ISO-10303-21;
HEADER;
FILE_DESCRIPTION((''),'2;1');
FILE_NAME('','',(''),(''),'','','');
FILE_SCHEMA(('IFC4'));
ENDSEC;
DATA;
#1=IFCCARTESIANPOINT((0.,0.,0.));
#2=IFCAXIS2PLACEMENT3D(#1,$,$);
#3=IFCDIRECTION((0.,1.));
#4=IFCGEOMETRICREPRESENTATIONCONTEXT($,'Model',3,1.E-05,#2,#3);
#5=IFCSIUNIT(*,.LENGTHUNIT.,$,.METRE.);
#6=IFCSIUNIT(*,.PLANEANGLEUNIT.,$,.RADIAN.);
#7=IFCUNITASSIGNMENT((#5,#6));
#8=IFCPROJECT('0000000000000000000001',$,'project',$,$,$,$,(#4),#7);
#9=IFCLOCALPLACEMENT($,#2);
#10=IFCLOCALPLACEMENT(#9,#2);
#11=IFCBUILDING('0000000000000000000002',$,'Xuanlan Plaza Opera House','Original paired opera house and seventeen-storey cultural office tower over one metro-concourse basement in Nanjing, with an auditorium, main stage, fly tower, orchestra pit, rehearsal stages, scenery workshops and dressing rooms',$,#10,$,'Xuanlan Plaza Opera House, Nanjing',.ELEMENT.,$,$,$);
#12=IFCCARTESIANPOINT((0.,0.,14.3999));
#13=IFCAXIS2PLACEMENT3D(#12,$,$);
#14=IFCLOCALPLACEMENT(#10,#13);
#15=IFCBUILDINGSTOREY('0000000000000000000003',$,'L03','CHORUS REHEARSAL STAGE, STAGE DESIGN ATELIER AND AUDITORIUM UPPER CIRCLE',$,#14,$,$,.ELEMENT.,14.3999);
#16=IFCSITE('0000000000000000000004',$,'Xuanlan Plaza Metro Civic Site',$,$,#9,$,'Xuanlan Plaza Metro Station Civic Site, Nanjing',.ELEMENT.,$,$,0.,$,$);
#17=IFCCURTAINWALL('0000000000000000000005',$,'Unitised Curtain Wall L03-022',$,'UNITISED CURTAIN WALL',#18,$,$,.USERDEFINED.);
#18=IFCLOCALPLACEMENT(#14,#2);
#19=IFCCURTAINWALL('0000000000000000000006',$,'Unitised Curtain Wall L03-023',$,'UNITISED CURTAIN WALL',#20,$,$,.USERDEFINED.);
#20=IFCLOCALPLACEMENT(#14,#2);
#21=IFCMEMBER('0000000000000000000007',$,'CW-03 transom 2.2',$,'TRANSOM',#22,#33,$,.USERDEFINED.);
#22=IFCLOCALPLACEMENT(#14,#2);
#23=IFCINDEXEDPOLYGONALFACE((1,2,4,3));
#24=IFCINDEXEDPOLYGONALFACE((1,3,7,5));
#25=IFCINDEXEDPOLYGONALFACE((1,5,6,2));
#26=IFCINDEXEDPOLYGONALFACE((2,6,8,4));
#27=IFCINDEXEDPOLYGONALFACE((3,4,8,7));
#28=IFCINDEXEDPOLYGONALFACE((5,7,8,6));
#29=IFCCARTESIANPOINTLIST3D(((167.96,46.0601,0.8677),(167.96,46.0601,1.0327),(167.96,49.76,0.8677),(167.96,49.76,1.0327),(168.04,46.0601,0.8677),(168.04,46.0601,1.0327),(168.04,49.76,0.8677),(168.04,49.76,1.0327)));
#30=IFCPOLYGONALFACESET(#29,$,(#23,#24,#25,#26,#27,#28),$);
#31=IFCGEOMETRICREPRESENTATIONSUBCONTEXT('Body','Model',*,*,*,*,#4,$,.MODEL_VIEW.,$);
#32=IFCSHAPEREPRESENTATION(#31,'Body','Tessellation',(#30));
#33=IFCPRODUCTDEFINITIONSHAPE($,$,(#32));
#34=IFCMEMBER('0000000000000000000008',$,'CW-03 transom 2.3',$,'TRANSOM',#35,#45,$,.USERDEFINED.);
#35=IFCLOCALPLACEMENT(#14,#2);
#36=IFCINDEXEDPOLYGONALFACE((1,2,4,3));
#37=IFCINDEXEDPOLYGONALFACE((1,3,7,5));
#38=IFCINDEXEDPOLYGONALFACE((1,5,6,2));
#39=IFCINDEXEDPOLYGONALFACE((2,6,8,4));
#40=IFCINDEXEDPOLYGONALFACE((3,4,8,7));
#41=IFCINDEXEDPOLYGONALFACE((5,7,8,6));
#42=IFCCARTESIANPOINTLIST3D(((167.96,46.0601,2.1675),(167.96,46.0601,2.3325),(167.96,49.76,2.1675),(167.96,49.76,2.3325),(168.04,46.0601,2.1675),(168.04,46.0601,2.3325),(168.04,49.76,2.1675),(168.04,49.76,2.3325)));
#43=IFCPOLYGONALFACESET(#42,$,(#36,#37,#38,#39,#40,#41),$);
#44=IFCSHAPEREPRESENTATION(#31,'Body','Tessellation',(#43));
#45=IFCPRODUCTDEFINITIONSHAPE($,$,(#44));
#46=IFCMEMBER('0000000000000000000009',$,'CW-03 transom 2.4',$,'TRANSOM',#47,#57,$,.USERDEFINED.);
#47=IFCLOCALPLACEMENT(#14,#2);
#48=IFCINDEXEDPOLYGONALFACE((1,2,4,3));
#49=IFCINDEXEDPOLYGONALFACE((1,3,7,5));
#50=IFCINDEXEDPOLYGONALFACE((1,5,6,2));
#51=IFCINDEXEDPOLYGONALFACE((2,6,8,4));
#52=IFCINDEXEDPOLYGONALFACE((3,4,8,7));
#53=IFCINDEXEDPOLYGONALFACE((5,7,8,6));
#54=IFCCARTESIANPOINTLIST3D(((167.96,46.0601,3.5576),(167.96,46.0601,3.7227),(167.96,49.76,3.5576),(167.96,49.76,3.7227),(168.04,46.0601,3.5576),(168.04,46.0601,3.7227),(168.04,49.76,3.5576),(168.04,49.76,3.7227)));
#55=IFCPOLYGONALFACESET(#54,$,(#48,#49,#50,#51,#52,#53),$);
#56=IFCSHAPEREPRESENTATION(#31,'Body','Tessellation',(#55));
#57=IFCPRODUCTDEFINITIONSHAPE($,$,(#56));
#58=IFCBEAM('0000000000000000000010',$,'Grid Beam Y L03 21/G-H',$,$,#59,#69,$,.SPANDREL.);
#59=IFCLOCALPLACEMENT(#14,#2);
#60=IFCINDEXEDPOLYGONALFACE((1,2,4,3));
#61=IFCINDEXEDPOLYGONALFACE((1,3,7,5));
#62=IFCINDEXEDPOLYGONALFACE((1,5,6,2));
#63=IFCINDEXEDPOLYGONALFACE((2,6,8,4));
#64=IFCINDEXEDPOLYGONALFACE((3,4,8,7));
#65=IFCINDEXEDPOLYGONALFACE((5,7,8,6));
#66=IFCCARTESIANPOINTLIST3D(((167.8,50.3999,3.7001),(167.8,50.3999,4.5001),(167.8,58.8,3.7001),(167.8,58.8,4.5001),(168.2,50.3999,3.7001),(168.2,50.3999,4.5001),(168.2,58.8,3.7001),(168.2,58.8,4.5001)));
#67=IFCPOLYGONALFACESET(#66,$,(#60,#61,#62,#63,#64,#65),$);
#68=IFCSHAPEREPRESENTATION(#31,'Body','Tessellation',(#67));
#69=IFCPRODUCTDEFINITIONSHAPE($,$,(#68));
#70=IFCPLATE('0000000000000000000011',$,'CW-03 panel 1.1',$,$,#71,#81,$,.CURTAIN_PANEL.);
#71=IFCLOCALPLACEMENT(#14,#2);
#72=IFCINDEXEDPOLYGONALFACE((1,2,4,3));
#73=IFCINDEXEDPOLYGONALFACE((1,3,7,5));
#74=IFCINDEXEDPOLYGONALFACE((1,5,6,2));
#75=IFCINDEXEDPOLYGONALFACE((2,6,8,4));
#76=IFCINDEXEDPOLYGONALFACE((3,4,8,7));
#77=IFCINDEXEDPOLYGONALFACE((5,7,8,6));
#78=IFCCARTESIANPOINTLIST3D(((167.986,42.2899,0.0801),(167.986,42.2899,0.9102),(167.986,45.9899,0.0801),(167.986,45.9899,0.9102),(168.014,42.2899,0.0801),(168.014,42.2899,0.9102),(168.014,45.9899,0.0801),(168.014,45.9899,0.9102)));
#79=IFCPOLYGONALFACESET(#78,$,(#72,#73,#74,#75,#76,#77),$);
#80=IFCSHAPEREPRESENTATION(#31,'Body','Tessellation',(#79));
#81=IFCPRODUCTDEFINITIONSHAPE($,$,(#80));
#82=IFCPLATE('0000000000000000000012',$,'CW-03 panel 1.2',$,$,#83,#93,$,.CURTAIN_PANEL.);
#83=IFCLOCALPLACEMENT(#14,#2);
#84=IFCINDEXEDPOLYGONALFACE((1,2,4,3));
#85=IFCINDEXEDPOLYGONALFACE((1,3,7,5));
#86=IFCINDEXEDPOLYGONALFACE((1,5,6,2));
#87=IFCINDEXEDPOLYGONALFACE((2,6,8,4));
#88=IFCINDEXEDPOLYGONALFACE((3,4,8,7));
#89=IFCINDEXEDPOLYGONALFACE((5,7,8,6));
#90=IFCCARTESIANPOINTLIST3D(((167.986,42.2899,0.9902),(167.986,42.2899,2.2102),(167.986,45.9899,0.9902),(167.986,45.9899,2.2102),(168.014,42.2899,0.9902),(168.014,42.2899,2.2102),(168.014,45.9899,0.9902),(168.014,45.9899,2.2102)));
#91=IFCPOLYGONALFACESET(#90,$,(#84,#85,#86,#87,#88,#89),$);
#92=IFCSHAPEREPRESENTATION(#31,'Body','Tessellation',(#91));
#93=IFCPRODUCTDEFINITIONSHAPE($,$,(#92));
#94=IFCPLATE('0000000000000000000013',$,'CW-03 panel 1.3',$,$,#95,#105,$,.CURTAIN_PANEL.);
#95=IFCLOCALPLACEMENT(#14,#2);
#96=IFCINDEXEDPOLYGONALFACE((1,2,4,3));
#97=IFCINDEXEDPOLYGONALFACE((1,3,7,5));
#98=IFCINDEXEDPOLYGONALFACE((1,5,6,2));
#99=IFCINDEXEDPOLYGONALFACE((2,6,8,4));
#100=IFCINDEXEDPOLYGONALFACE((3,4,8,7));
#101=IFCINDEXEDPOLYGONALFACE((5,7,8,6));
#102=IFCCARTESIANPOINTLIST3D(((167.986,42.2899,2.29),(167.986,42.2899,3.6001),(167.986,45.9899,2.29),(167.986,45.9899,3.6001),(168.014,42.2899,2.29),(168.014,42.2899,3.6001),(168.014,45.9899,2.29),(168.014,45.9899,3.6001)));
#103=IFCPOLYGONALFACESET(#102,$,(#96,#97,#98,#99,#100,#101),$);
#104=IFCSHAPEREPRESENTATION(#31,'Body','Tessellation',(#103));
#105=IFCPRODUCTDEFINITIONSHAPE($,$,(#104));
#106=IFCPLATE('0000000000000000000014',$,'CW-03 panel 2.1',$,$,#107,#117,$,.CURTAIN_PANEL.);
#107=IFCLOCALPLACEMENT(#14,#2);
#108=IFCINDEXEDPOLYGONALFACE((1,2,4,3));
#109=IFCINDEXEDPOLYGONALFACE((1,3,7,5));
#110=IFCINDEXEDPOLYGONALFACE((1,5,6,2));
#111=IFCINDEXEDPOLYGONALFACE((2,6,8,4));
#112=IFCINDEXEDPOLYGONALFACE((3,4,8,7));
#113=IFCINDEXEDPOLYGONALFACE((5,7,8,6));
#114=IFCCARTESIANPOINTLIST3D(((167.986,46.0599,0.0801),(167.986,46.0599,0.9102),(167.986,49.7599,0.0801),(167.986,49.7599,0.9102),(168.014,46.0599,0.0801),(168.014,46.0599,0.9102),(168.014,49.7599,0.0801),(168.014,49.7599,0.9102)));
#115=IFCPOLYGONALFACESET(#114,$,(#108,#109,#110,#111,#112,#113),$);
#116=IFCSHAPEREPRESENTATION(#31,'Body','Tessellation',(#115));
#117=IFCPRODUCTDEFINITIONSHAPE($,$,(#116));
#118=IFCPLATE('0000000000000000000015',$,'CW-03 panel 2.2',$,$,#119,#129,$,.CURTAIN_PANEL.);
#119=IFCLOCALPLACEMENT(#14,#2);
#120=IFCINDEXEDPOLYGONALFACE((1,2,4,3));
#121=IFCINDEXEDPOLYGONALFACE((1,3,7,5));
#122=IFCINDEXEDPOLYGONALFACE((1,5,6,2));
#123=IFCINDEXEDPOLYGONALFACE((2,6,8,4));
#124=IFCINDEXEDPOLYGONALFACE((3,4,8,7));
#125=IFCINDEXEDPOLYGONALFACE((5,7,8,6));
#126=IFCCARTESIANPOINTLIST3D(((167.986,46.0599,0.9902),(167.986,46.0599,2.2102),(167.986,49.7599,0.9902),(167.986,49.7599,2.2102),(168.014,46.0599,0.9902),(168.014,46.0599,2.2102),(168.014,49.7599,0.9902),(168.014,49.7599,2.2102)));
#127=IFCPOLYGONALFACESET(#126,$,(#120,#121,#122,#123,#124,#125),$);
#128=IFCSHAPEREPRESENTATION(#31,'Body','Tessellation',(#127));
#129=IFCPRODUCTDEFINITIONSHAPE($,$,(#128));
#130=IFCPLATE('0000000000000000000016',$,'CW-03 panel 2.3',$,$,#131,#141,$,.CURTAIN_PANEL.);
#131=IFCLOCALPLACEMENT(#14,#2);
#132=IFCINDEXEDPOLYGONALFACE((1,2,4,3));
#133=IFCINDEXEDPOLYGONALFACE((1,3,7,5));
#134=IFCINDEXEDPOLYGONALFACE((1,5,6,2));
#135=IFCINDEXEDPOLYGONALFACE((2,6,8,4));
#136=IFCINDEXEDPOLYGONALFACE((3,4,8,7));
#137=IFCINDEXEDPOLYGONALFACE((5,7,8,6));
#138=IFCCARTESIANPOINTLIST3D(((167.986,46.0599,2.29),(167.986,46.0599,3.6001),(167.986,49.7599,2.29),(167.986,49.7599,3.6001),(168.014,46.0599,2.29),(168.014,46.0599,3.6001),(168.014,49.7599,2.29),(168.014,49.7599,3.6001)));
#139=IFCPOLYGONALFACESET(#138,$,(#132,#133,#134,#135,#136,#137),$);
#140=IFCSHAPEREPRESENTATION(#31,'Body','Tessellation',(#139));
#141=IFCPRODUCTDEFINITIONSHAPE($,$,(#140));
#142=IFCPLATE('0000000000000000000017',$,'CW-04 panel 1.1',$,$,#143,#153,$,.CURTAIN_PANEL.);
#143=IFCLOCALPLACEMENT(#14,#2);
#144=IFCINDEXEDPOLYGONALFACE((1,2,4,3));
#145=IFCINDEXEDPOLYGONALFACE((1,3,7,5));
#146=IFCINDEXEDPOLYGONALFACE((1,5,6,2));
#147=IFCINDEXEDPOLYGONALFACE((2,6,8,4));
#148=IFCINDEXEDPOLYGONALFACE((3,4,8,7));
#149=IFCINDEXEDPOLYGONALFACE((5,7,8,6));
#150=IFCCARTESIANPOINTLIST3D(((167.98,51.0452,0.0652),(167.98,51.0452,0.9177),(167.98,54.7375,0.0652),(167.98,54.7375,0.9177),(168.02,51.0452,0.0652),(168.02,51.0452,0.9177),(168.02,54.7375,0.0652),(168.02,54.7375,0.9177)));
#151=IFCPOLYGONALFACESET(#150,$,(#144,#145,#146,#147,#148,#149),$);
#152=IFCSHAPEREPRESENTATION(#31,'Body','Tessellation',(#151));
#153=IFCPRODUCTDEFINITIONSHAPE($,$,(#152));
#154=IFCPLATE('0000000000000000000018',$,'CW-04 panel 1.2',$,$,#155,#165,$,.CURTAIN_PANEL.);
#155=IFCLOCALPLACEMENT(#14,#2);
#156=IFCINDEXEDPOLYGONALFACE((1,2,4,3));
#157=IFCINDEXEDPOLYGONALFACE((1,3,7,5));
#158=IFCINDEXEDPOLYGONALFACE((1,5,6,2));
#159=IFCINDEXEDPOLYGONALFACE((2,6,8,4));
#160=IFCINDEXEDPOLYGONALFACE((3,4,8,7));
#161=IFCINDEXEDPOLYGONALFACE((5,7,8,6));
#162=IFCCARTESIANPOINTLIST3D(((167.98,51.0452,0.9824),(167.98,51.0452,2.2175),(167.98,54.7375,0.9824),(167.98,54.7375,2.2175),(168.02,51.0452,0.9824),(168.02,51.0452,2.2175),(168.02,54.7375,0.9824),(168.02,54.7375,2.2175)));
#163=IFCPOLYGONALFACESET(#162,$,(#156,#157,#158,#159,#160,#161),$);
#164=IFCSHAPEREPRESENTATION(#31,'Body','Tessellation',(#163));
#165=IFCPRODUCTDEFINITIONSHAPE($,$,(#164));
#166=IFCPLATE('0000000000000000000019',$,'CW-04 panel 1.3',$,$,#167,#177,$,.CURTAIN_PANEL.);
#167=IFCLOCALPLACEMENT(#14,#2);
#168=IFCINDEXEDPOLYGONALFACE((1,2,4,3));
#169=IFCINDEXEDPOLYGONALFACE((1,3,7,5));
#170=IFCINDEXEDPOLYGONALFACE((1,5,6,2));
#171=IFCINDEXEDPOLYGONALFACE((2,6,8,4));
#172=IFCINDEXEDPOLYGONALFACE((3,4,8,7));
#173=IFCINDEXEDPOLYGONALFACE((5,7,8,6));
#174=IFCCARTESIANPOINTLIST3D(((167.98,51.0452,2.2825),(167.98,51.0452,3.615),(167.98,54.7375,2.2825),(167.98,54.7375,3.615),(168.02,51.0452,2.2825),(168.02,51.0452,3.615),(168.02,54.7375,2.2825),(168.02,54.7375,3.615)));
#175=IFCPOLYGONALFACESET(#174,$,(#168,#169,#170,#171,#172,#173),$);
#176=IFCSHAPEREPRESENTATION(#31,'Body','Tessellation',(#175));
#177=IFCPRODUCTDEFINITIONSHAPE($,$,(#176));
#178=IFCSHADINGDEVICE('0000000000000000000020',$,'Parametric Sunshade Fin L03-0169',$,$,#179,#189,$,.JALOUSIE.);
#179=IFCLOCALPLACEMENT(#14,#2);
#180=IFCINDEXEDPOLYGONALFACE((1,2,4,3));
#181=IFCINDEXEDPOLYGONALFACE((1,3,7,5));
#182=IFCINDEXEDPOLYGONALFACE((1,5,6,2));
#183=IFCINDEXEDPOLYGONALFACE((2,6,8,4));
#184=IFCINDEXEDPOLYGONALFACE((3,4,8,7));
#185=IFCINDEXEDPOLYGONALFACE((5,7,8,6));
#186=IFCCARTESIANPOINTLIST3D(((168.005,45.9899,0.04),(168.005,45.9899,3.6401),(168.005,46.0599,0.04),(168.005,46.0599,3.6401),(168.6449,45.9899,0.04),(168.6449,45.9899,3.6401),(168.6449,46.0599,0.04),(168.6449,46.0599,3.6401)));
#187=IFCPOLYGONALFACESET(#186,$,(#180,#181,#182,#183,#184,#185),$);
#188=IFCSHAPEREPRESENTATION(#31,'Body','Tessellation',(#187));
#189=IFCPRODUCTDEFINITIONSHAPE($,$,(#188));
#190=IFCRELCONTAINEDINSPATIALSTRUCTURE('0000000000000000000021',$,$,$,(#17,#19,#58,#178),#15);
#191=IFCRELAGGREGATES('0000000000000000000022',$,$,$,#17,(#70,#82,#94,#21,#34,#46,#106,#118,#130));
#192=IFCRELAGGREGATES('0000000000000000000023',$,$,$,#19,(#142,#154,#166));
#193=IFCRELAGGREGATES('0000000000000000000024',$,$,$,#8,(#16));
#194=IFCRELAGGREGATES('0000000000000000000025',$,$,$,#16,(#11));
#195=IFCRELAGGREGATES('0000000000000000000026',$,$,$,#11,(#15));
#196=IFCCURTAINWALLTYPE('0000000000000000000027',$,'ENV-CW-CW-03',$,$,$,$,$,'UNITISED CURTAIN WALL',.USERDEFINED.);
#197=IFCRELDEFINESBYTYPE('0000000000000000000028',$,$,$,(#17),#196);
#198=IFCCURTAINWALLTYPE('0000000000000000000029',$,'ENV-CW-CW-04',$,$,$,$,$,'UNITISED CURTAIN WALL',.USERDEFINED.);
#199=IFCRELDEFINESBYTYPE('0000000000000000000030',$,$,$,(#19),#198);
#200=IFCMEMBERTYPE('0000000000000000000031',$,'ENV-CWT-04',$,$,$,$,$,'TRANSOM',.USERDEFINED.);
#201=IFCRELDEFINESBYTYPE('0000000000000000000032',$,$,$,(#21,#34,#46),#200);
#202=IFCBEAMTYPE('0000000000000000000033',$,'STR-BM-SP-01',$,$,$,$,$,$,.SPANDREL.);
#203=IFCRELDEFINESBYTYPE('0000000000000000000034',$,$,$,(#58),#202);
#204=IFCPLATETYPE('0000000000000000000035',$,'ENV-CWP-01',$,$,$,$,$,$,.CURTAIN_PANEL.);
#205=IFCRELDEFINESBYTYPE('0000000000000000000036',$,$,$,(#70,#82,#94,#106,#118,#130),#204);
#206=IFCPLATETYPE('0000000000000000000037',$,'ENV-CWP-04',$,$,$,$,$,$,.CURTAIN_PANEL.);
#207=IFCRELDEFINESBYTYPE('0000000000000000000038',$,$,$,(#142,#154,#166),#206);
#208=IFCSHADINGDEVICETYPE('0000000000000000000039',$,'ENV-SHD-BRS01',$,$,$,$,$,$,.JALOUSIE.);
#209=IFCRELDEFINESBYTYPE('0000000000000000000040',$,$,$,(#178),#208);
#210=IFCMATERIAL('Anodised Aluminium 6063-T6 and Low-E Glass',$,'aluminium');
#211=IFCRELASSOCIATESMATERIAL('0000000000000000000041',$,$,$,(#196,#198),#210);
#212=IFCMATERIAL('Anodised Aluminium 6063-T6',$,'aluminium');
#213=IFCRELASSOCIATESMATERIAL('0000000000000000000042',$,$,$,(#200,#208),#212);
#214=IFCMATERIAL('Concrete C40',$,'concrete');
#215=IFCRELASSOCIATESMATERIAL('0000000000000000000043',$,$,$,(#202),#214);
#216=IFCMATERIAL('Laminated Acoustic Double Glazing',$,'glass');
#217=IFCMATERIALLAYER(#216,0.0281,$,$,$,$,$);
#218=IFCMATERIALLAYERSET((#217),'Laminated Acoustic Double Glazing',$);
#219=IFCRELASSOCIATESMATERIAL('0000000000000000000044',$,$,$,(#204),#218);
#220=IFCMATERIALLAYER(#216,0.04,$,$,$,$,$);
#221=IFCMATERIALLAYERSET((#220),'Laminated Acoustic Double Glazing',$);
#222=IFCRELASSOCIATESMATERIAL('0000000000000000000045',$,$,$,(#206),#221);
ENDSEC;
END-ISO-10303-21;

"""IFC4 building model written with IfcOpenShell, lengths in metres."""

from ifc_helpers import new_model, si_unit, direction, frame, origin, origin_2d, place, context, subcontext, project, spatial, rectangle, extrude, material, layer, layer_set, material_profile, profile_set, type_object, element, aggregate, save


model = new_model("IFC4")

# Units and contexts
model_context = context("Model", 3, precision=1e-05, world=origin(), true_north=direction((0.0, 1.0)))
body_context = subcontext(model_context, "Body", "Model", "MODEL_VIEW")
ifc_project = project(units=[si_unit("LENGTHUNIT", "METRE"), si_unit("PLANEANGLEUNIT", "RADIAN")], contexts=[model_context])

# Site, building, storey
site_placement = place(None, origin())
site = spatial("IfcSite", under=ifc_project, at=site_placement, Name="Xuanlan Plaza Metro Civic Site", LongName="Xuanlan Plaza Metro Station Civic Site, Nanjing", CompositionType="ELEMENT", RefElevation=0.0)
building_placement = place(site_placement, origin())
building = spatial("IfcBuilding", under=site, at=building_placement, Name="Xuanlan Plaza Opera House", Description="Original paired opera house and seventeen-storey cultural office tower over one metro-concourse basement in Nanjing, with an auditorium, main stage, fly tower, orchestra pit, rehearsal stages, scenery workshops and dressing rooms", LongName="Xuanlan Plaza Opera House, Nanjing", CompositionType="ELEMENT")
storey_placement = place(building_placement, frame((0.0, 0.0, 14.3999)))
storey = spatial("IfcBuildingStorey", under=building, at=storey_placement, Name="L03", Description="CHORUS REHEARSAL STAGE, STAGE DESIGN ATELIER AND AUDITORIUM UPPER CIRCLE", CompositionType="ELEMENT", Elevation=14.3999)

# Curtain walls
ifc_material_1 = material(Name="Anodised Aluminium 6063-T6 and Low-E Glass", Category="aluminium")
curtain_wall_type_1 = type_object("IfcCurtainWallType", Name="ENV-CW-CW-03", ElementType="UNITISED CURTAIN WALL", PredefinedType="USERDEFINED", material=ifc_material_1)
curtain_wall_1_placement = place(storey_placement, origin())
curtain_wall_1 = element("IfcCurtainWall", 1, at=curtain_wall_1_placement, inside=storey, type_object=curtain_wall_type_1, Name="Unitised Curtain Wall L03-022", ObjectType="UNITISED CURTAIN WALL", PredefinedType="USERDEFINED")
ifc_material_2 = material(Name="Anodised Aluminium 6063-T6", Category="aluminium")
curtain_wall_type_2 = type_object("IfcCurtainWallType", Name="ENV-CW-CW-04", ElementType="UNITISED CURTAIN WALL", PredefinedType="USERDEFINED", material=ifc_material_1)
curtain_wall_2_placement = place(storey_placement, origin())
curtain_wall_2 = element("IfcCurtainWall", 2, at=curtain_wall_2_placement, inside=storey, type_object=curtain_wall_type_2, Name="Unitised Curtain Wall L03-023", ObjectType="UNITISED CURTAIN WALL", PredefinedType="USERDEFINED")

# Members
ifc_material_profile_1 = material_profile(ifc_material_2, rectangle(XDim=0.0801, YDim=0.165, at=origin_2d()), Name="ALU-T 80x165")
ifc_profile_set_1 = profile_set([ifc_material_profile_1], Name="Anodised Aluminium 6063-T6")
member_type_1 = type_object("IfcMemberType", Name="ENV-CWT-04", ElementType="TRANSOM", PredefinedType="USERDEFINED", material=ifc_profile_set_1)
member_1_placement = place(storey_placement, frame((168.0, 46.0601, 0.9502), z_axis=(0.0, 1.0, 0.0), x_axis=(-1.0, 0.0, 0.0)))
member_1 = element("IfcMember", 3, at=member_1_placement, type_object=member_type_1, Name="CW-03 transom 2.2", ObjectType="TRANSOM", PredefinedType="USERDEFINED", context=body_context, shape_type="SweptSolid", body=[
    extrude(rectangle(XDim=0.0801, YDim=0.165, at=origin_2d()), origin(), (0.0, 0.0, 1.0), 3.7),
])
member_2_placement = place(storey_placement, frame((168.0, 46.0601, 2.25), z_axis=(0.0, 1.0, 0.0), x_axis=(-1.0, 0.0, 0.0)))
member_2 = element("IfcMember", 4, at=member_2_placement, type_object=member_type_1, Name="CW-03 transom 2.3", ObjectType="TRANSOM", PredefinedType="USERDEFINED", context=body_context, shape_type="SweptSolid", body=[
    extrude(rectangle(XDim=0.0801, YDim=0.165, at=origin_2d()), origin(), (0.0, 0.0, 1.0), 3.7),
])
member_3_placement = place(storey_placement, frame((168.0, 46.0601, 3.6401), z_axis=(0.0, 1.0, 0.0), x_axis=(-1.0, 0.0, 0.0)))
member_3 = element("IfcMember", 5, at=member_3_placement, type_object=member_type_1, Name="CW-03 transom 2.4", ObjectType="TRANSOM", PredefinedType="USERDEFINED", context=body_context, shape_type="SweptSolid", body=[
    extrude(rectangle(XDim=0.0801, YDim=0.165, at=origin_2d()), origin(), (0.0, 0.0, 1.0), 3.7),
])

# Beam
ifc_material_3 = material(Name="Concrete C40", Category="concrete")
ifc_material_profile_2 = material_profile(ifc_material_3, rectangle(XDim=0.3999, YDim=0.8, at=origin_2d()), Name="RC-SPD 400x800")
ifc_profile_set_2 = profile_set([ifc_material_profile_2], Name="Concrete C40")
beam_type = type_object("IfcBeamType", Name="STR-BM-SP-01", PredefinedType="SPANDREL", material=ifc_profile_set_2)
beam_placement = place(storey_placement, frame((168.0, 50.3999, 4.1001), z_axis=(0.0, 1.0, 0.0), x_axis=(-1.0, 0.0, 0.0)))
element("IfcBeam", 6, at=beam_placement, inside=storey, type_object=beam_type, Name="Grid Beam Y L03 21/G-H", PredefinedType="SPANDREL", context=body_context, shape_type="SweptSolid", body=[
    extrude(rectangle(XDim=0.3999, YDim=0.8, at=origin_2d()), origin(), (0.0, 0.0, 1.0), 8.4001),
])

# Plates
ifc_material_4 = material(Name="Laminated Acoustic Double Glazing", Category="glass")
ifc_layer_1 = layer(ifc_material_4, 0.0281)
ifc_layer_set_1 = layer_set([ifc_layer_1], Name="Laminated Acoustic Double Glazing")
plate_type_1 = type_object("IfcPlateType", Name="ENV-CWP-01", PredefinedType="CURTAIN_PANEL", material=ifc_layer_set_1)
plate_1_placement = place(storey_placement, frame((168.0, 44.1399, 0.0801), z_axis=(0.0, 0.0, 1.0), x_axis=(0.0, 1.0, 0.0)))
plate_1 = element("IfcPlate", 7, at=plate_1_placement, type_object=plate_type_1, Name="CW-03 panel 1.1", PredefinedType="CURTAIN_PANEL", context=body_context, shape_type="SweptSolid", body=[
    extrude(rectangle(XDim=3.7, YDim=0.0281, at=origin_2d()), origin(), (0.0, 0.0, 1.0), 0.8301),
])
plate_2_placement = place(storey_placement, frame((168.0, 44.1399, 0.9902), z_axis=(0.0, 0.0, 1.0), x_axis=(0.0, 1.0, 0.0)))
plate_2 = element("IfcPlate", 8, at=plate_2_placement, type_object=plate_type_1, Name="CW-03 panel 1.2", PredefinedType="CURTAIN_PANEL", context=body_context, shape_type="SweptSolid", body=[
    extrude(rectangle(XDim=3.7, YDim=0.0281, at=origin_2d()), origin(), (0.0, 0.0, 1.0), 1.22),
])
plate_3_placement = place(storey_placement, frame((168.0, 44.1399, 2.29), z_axis=(0.0, 0.0, 1.0), x_axis=(0.0, 1.0, 0.0)))
plate_3 = element("IfcPlate", 9, at=plate_3_placement, type_object=plate_type_1, Name="CW-03 panel 1.3", PredefinedType="CURTAIN_PANEL", context=body_context, shape_type="SweptSolid", body=[
    extrude(rectangle(XDim=3.7, YDim=0.0281, at=origin_2d()), origin(), (0.0, 0.0, 1.0), 1.3101),
])
plate_4_placement = place(storey_placement, frame((168.0, 47.9099, 0.0801), z_axis=(0.0, 0.0, 1.0), x_axis=(0.0, 1.0, 0.0)))
plate_4 = element("IfcPlate", 10, at=plate_4_placement, type_object=plate_type_1, Name="CW-03 panel 2.1", PredefinedType="CURTAIN_PANEL", context=body_context, shape_type="SweptSolid", body=[
    extrude(rectangle(XDim=3.7, YDim=0.0281, at=origin_2d()), origin(), (0.0, 0.0, 1.0), 0.8301),
])
plate_5_placement = place(storey_placement, frame((168.0, 47.9099, 0.9902), z_axis=(0.0, 0.0, 1.0), x_axis=(0.0, 1.0, 0.0)))
plate_5 = element("IfcPlate", 11, at=plate_5_placement, type_object=plate_type_1, Name="CW-03 panel 2.2", PredefinedType="CURTAIN_PANEL", context=body_context, shape_type="SweptSolid", body=[
    extrude(rectangle(XDim=3.7, YDim=0.0281, at=origin_2d()), origin(), (0.0, 0.0, 1.0), 1.22),
])
plate_6_placement = place(storey_placement, frame((168.0, 47.9099, 2.29), z_axis=(0.0, 0.0, 1.0), x_axis=(0.0, 1.0, 0.0)))
plate_6 = element("IfcPlate", 12, at=plate_6_placement, type_object=plate_type_1, Name="CW-03 panel 2.3", PredefinedType="CURTAIN_PANEL", context=body_context, shape_type="SweptSolid", body=[
    extrude(rectangle(XDim=3.7, YDim=0.0281, at=origin_2d()), origin(), (0.0, 0.0, 1.0), 1.3101),
])
aggregate(curtain_wall_1, [plate_1, plate_2, plate_3, member_1, member_2, member_3, plate_4, plate_5, plate_6])
ifc_layer_2 = layer(ifc_material_4, 0.04)
ifc_layer_set_2 = layer_set([ifc_layer_2], Name="Laminated Acoustic Double Glazing")
plate_type_2 = type_object("IfcPlateType", Name="ENV-CWP-04", PredefinedType="CURTAIN_PANEL", material=ifc_layer_set_2)
plate_7_placement = place(storey_placement, frame((168.0, 52.8914, 0.0652), z_axis=(0.0, 0.0, 1.0), x_axis=(0.0, 1.0, 0.0)))
plate_7 = element("IfcPlate", 13, at=plate_7_placement, type_object=plate_type_2, Name="CW-04 panel 1.1", PredefinedType="CURTAIN_PANEL", context=body_context, shape_type="SweptSolid", body=[
    extrude(rectangle(XDim=3.6924, YDim=0.04, at=origin_2d()), origin(), (0.0, 0.0, 1.0), 0.8525),
])
plate_8_placement = place(storey_placement, frame((168.0, 52.8914, 0.9824), z_axis=(0.0, 0.0, 1.0), x_axis=(0.0, 1.0, 0.0)))
plate_8 = element("IfcPlate", 14, at=plate_8_placement, type_object=plate_type_2, Name="CW-04 panel 1.2", PredefinedType="CURTAIN_PANEL", context=body_context, shape_type="SweptSolid", body=[
    extrude(rectangle(XDim=3.6924, YDim=0.04, at=origin_2d()), origin(), (0.0, 0.0, 1.0), 1.2351),
])
plate_9_placement = place(storey_placement, frame((168.0, 52.8914, 2.2825), z_axis=(0.0, 0.0, 1.0), x_axis=(0.0, 1.0, 0.0)))
plate_9 = element("IfcPlate", 15, at=plate_9_placement, type_object=plate_type_2, Name="CW-04 panel 1.3", PredefinedType="CURTAIN_PANEL", context=body_context, shape_type="SweptSolid", body=[
    extrude(rectangle(XDim=3.6924, YDim=0.04, at=origin_2d()), origin(), (0.0, 0.0, 1.0), 1.3325),
])
aggregate(curtain_wall_2, [plate_7, plate_8, plate_9])

# Shading device
shading_device_type_1 = type_object("IfcShadingDeviceType", Name="ENV-SHD-BRS01", PredefinedType="JALOUSIE", material=ifc_material_2)
shading_device_1_placement = place(storey_placement, frame((168.325, 46.0249, 0.04), z_axis=(0.0, 0.0, 1.0), x_axis=(1.0, 0.0, 0.0)))
element("IfcShadingDevice", 16, at=shading_device_1_placement, inside=storey, type_object=shading_device_type_1, Name="Parametric Sunshade Fin L03-0169", PredefinedType="JALOUSIE", context=body_context, shape_type="SweptSolid", body=[
    extrude(rectangle(XDim=0.6399, YDim=0.0701, at=origin_2d()), origin(), (0.0, 0.0, 1.0), 3.6001),
])

save(model, "model.ifc")
